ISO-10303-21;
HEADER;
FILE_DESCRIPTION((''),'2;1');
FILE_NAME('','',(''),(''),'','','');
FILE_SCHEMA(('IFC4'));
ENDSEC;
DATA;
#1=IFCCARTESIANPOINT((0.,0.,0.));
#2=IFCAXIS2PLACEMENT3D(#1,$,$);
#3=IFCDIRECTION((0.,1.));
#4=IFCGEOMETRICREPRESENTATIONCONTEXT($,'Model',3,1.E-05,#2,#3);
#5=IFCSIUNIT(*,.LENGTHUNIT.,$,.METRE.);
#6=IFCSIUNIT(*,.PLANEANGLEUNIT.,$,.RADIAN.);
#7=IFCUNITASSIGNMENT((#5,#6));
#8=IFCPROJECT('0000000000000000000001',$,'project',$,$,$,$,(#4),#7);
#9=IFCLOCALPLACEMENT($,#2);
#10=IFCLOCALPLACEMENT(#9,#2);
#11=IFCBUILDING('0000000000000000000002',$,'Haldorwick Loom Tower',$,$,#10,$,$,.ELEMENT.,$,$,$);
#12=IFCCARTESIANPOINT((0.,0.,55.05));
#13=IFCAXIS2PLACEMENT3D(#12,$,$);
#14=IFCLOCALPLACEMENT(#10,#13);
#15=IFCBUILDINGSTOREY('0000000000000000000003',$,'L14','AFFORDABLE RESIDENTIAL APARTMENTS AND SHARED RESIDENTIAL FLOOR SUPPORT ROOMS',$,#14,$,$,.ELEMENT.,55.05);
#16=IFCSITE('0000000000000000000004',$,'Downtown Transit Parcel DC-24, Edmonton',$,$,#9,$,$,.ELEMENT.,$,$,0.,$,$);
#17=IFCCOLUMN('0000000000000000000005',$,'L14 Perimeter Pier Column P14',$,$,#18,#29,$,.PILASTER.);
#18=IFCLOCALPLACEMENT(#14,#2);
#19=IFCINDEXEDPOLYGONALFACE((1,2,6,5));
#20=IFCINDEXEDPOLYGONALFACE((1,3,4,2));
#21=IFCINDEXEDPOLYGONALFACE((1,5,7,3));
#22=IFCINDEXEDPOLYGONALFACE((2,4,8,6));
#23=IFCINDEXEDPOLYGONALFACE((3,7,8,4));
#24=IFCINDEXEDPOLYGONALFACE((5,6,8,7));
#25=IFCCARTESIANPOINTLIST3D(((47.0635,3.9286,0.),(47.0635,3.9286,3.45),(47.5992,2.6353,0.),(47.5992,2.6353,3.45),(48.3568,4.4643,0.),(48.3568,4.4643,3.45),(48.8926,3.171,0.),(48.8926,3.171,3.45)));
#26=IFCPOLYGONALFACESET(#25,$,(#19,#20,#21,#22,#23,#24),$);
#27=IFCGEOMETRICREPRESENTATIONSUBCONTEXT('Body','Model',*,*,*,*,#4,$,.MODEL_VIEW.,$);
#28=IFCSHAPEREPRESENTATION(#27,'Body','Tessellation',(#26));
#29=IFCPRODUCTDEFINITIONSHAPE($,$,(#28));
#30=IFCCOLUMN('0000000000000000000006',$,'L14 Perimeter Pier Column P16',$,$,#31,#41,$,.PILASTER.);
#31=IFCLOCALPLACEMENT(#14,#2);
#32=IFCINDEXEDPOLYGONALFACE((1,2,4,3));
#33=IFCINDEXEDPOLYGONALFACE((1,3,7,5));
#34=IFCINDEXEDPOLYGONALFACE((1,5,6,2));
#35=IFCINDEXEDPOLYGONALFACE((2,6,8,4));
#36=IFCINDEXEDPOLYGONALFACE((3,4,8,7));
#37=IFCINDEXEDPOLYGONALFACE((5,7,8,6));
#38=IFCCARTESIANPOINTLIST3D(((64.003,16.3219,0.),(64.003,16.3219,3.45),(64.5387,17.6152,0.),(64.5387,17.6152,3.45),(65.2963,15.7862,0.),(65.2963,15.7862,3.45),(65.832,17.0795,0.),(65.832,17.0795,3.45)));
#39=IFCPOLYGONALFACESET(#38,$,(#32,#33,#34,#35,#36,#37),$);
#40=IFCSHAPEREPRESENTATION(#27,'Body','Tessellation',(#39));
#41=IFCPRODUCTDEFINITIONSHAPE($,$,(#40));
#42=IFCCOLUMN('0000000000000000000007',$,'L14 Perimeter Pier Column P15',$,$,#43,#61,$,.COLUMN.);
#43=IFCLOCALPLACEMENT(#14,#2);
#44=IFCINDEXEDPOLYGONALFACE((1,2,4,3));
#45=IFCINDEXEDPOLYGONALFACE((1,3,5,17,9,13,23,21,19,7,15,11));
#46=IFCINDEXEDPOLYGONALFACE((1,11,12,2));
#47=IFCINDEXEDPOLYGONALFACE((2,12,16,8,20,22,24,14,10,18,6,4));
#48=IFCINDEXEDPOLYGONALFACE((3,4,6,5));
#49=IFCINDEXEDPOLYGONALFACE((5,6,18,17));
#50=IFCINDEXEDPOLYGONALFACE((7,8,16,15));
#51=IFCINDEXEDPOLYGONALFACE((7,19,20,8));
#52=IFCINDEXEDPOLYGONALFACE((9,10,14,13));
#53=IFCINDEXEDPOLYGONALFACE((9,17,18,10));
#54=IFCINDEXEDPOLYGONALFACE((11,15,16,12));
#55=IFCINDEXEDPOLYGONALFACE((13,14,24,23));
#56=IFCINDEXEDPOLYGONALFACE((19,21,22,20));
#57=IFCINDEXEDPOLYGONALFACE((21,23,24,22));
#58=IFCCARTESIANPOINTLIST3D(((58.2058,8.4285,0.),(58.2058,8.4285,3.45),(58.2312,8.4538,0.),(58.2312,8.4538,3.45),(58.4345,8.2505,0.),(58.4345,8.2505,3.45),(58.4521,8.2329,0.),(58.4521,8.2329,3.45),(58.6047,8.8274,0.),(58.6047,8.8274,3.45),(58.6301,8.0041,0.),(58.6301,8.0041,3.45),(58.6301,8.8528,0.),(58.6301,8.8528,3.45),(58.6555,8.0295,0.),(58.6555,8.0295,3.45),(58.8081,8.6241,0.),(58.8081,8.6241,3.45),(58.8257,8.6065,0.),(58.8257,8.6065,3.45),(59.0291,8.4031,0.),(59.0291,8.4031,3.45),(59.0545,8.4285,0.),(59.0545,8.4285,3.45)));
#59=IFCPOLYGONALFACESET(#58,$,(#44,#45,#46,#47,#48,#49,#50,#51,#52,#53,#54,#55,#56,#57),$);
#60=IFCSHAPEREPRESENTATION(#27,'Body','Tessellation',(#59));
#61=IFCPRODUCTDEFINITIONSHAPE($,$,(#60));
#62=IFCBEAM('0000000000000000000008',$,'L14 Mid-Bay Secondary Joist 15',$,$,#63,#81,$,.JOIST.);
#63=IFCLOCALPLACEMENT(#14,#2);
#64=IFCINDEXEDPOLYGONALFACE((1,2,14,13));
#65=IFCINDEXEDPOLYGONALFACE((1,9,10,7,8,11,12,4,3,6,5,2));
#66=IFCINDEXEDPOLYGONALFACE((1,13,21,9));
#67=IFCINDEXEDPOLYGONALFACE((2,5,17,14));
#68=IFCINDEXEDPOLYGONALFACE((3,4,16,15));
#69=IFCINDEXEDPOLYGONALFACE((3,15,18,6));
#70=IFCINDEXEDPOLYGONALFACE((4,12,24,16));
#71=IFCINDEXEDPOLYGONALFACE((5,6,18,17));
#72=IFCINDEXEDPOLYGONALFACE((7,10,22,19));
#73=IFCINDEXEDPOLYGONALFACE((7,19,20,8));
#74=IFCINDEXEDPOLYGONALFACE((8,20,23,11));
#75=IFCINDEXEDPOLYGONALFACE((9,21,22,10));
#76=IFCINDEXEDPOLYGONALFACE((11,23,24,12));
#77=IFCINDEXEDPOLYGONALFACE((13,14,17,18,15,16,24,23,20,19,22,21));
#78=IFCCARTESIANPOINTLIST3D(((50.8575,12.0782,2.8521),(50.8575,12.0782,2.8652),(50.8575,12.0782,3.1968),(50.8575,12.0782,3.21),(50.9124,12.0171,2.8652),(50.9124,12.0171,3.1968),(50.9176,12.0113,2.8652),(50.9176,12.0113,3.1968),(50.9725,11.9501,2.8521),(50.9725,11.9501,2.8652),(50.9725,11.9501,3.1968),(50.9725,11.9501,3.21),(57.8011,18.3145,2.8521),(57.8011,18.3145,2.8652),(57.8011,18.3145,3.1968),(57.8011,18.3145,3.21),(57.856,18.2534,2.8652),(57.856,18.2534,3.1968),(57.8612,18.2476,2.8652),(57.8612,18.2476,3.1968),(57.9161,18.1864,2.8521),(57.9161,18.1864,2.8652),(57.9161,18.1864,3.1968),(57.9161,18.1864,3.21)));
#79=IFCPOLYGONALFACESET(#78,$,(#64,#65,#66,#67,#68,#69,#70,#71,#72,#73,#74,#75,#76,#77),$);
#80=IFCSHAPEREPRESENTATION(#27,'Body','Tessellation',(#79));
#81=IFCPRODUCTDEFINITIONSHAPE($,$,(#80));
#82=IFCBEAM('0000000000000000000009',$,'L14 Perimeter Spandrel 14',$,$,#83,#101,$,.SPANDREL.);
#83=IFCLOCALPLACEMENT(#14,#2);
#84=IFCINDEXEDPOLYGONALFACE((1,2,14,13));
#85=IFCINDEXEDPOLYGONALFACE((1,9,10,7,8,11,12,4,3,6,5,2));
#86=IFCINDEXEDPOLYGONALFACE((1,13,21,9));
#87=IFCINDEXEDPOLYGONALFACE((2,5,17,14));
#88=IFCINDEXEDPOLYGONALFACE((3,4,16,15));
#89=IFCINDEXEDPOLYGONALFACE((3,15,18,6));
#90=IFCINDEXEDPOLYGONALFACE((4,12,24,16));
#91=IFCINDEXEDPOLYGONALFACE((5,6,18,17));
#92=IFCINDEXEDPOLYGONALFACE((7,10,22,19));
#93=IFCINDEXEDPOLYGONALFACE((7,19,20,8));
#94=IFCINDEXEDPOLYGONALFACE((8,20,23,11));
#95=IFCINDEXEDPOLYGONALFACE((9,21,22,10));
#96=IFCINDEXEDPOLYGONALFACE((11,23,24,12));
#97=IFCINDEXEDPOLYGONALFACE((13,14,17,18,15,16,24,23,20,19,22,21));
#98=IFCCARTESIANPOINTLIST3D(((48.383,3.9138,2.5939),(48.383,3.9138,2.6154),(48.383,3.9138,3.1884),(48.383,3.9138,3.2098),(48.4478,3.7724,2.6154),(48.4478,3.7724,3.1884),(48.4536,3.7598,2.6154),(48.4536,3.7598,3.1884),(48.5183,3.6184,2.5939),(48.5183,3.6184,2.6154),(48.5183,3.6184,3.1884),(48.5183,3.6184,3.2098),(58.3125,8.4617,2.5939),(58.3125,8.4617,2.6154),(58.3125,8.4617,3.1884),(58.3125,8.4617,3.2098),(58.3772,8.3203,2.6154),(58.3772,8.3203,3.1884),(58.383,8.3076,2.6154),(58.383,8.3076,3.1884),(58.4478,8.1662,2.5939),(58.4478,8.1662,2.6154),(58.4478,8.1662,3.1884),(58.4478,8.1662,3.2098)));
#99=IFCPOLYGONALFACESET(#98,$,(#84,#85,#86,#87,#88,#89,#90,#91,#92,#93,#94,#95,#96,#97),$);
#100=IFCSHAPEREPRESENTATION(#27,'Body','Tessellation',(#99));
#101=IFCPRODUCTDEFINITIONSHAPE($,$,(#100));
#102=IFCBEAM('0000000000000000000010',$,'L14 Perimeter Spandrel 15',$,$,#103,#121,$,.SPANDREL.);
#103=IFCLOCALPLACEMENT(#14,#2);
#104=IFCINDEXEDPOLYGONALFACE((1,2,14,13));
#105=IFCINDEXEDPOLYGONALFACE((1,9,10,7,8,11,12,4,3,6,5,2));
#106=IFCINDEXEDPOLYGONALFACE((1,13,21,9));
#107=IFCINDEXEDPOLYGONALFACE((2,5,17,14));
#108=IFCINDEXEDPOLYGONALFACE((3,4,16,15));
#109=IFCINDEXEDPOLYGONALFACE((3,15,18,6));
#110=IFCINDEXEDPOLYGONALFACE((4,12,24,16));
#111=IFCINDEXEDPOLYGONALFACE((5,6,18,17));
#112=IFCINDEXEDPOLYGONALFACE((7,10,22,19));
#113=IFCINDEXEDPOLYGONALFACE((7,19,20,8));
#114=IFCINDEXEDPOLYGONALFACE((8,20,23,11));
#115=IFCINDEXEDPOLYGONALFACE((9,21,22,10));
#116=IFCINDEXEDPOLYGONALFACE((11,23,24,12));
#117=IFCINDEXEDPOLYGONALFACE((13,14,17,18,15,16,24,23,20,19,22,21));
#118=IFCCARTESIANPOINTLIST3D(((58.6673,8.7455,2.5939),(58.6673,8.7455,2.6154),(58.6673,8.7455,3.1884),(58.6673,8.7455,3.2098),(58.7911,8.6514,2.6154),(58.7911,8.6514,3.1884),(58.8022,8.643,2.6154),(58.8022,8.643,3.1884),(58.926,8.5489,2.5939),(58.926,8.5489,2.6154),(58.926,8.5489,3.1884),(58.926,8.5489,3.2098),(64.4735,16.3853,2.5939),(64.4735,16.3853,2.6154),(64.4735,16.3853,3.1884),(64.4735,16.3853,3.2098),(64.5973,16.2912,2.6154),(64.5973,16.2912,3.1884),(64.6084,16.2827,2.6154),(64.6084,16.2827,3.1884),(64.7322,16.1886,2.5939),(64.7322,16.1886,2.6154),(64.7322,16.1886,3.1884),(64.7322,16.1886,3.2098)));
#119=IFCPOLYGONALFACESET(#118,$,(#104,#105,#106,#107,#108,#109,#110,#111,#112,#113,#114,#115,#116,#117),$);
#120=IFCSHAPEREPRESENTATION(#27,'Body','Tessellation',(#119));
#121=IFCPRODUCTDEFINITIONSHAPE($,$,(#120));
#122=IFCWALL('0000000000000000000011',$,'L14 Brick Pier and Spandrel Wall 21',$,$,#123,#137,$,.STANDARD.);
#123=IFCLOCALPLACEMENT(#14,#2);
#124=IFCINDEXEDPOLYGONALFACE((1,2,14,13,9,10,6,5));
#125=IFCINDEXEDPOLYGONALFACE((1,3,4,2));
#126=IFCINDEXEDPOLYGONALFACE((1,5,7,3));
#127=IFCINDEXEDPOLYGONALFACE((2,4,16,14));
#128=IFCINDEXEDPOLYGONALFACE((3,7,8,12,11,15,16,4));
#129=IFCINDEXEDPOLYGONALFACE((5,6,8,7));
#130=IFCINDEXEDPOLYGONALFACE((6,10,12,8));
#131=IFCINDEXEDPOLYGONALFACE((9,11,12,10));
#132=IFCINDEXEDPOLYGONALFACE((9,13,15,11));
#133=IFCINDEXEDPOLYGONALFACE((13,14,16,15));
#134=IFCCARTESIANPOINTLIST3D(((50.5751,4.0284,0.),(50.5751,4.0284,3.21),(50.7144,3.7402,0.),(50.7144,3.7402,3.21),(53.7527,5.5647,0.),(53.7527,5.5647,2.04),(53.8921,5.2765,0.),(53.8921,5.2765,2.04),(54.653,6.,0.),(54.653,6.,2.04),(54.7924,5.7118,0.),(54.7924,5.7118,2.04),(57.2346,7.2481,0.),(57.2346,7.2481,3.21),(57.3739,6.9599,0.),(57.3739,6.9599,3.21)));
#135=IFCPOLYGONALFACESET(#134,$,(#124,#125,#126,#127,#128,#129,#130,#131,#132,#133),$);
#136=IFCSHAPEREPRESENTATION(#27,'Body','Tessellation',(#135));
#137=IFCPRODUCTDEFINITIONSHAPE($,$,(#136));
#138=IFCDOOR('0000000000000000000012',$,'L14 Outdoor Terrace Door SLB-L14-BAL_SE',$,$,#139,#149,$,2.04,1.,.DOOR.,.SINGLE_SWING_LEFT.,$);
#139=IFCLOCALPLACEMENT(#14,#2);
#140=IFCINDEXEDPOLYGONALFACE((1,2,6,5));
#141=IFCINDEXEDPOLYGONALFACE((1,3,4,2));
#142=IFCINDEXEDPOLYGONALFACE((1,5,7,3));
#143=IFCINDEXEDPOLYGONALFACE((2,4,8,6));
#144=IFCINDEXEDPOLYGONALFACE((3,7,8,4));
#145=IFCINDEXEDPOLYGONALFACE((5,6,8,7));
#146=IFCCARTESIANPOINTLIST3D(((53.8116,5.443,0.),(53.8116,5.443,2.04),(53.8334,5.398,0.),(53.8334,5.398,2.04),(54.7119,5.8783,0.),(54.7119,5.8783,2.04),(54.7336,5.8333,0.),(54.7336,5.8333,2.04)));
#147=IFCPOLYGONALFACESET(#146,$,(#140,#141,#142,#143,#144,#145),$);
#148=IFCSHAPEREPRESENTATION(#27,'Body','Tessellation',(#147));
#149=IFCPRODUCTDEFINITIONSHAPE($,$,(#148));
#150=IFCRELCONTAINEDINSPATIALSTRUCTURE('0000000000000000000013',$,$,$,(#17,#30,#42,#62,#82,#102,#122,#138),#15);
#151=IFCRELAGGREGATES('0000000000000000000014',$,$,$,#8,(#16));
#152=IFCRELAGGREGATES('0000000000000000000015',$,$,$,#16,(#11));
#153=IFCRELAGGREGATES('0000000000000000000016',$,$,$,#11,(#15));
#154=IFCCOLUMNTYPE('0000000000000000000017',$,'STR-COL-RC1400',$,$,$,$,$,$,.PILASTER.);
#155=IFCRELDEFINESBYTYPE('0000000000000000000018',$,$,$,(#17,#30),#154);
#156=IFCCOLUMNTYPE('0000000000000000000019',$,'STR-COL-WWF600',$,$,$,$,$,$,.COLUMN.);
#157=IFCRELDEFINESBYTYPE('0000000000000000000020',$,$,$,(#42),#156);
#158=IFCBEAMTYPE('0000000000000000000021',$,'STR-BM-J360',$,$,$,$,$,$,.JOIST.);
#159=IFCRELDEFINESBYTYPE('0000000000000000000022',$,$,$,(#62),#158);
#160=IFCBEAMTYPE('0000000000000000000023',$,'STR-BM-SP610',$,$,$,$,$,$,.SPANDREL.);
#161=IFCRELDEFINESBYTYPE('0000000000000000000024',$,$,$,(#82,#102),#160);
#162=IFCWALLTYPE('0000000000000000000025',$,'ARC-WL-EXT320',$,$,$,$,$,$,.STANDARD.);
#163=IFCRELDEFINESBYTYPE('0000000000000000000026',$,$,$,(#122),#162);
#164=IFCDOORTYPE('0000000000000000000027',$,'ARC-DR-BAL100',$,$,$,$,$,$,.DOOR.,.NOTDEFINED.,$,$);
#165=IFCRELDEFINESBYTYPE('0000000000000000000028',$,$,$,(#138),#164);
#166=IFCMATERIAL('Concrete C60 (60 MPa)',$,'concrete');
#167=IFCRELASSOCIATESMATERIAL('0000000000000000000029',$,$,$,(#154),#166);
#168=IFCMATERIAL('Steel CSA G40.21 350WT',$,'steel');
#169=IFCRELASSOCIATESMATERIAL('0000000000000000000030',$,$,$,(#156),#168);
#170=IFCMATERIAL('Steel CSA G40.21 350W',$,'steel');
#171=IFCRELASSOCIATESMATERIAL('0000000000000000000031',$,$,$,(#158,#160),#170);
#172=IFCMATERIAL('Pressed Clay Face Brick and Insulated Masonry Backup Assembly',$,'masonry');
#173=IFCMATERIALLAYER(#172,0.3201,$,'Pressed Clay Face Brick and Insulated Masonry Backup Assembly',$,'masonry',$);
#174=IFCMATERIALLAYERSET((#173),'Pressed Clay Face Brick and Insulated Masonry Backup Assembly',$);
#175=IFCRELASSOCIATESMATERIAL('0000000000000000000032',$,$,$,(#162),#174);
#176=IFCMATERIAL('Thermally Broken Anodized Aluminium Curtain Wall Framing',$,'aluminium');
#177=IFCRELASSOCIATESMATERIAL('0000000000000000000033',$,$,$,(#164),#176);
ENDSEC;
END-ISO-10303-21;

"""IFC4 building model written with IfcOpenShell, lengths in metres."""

from ifc_helpers import new_model, si_unit, direction, frame, frame_2d, origin, origin_2d, place, context, subcontext, project, spatial, rectangle, i_section, extrude, material, layer, layer_set, material_profile, profile_set, type_object, element, fill, save


model = new_model("IFC4")

# Units and contexts
model_context = context("Model", 3, precision=1e-05, world=origin(), true_north=direction((0.0, 1.0)))
body_context = subcontext(model_context, "Body", "Model", "MODEL_VIEW")
ifc_project = project(units=[si_unit("LENGTHUNIT", "METRE"), si_unit("PLANEANGLEUNIT", "RADIAN")], contexts=[model_context])

# Site, building, storey
site_placement = place(None, origin())
site = spatial("IfcSite", under=ifc_project, at=site_placement, Name="Downtown Transit Parcel DC-24, Edmonton", CompositionType="ELEMENT", RefElevation=0.0)
building_placement = place(site_placement, origin())
building = spatial("IfcBuilding", under=site, at=building_placement, Name="Haldorwick Loom Tower", CompositionType="ELEMENT")
storey_placement = place(building_placement, frame((0.0, 0.0, 55.05)))
storey = spatial("IfcBuildingStorey", under=building, at=storey_placement, Name="L14", Description="AFFORDABLE RESIDENTIAL APARTMENTS AND SHARED RESIDENTIAL FLOOR SUPPORT ROOMS", CompositionType="ELEMENT", Elevation=55.05)

# Columns
ifc_material_1 = material(Name="Concrete C60 (60 MPa)", Category="concrete")
ifc_material_profile_1 = material_profile(ifc_material_1, rectangle(XDim=1.3999, YDim=1.3999, at=origin_2d()), Name="RC1400X1400", Category="concrete")
ifc_profile_set_1 = profile_set([ifc_material_profile_1], Name="Concrete C60 (60 MPa)")
column_type_1 = type_object("IfcColumnType", Name="STR-COL-RC1400", PredefinedType="PILASTER", material=ifc_profile_set_1)
for number, where, z_axis, x_axis, name in (
    (1, (47.978, 3.5498, 0.0), (0.0, 0.0, 1.0), (0.382683, -0.92388, 0.0), "L14 Perimeter Pier Column P14"),
    (2, (64.9175, 16.7007, 0.0), (0.0, 0.0, 1.0), (0.92388, -0.382683, 0.0), "L14 Perimeter Pier Column P16"),
):
    element("IfcColumn", number, at=place(storey_placement, frame(where, z_axis=z_axis, x_axis=x_axis)), inside=storey, type_object=column_type_1, Name=name, PredefinedType="PILASTER", context=body_context, shape_type="SweptSolid", body=[
        extrude(rectangle(XDim=1.3999, YDim=1.3999, at=origin_2d()), origin(), (0.0, 0.0, 1.0), 3.45),
    ])
ifc_material_2 = material(Name="Steel CSA G40.21 350WT", Category="steel")
ifc_material_profile_2 = material_profile(ifc_material_2, i_section(OverallWidth=0.6001, OverallDepth=0.6001, WebThickness=0.0249, FlangeThickness=0.0359, at=origin_2d()), Name="WWF600X600", Category="steel")
ifc_profile_set_2 = profile_set([ifc_material_profile_2], Name="Steel CSA G40.21 350WT")
column_type_2 = type_object("IfcColumnType", Name="STR-COL-WWF600", PredefinedType="COLUMN", material=ifc_profile_set_2)
column_placement = place(storey_placement, frame((58.6301, 8.4285, 0.0), z_axis=(0.0, 0.0, 1.0), x_axis=(0.707107, -0.707107, 0.0)))
element("IfcColumn", 3, at=column_placement, inside=storey, type_object=column_type_2, Name="L14 Perimeter Pier Column P15", PredefinedType="COLUMN", context=body_context, shape_type="SweptSolid", body=[
    extrude(i_section(OverallWidth=0.6001, OverallDepth=0.6001, WebThickness=0.0249, FlangeThickness=0.0359, at=origin_2d()), origin(), (0.0, 0.0, 1.0), 3.45),
])

# Beams
ifc_material_3 = material(Name="Steel CSA G40.21 350W", Category="steel")
ifc_material_profile_3 = material_profile(ifc_material_3, i_section(OverallWidth=0.1721, OverallDepth=0.3579, WebThickness=0.0078, FlangeThickness=0.0132, at=origin_2d()), Name="W360X57", Category="steel")
ifc_profile_set_3 = profile_set([ifc_material_profile_3], Name="Steel CSA G40.21 350W")
beam_type_1 = type_object("IfcBeamType", Name="STR-BM-J360", PredefinedType="JOIST", material=ifc_profile_set_3)
beam_1_placement = place(storey_placement, frame((50.915, 12.0142, 3.031), z_axis=(0.743982, 0.6682, 0.0), x_axis=(-0.6682, 0.743982, 0.0)))
element("IfcBeam", 4, at=beam_1_placement, inside=storey, type_object=beam_type_1, Name="L14 Mid-Bay Secondary Joist 15", PredefinedType="JOIST", context=body_context, shape_type="SweptSolid", body=[
    extrude(i_section(OverallWidth=0.1721, OverallDepth=0.3579, WebThickness=0.0078, FlangeThickness=0.0132, at=origin_2d()), origin(), (0.0, 0.0, 1.0), 9.333),
])
ifc_material_profile_4 = material_profile(ifc_material_3, i_section(OverallWidth=0.325, OverallDepth=0.616, WebThickness=0.0139, FlangeThickness=0.0215, at=origin_2d()), Name="W610X174", Category="steel")
ifc_profile_set_4 = profile_set([ifc_material_profile_4], Name="Steel CSA G40.21 350W")
beam_type_2 = type_object("IfcBeamType", Name="STR-BM-SP610", PredefinedType="SPANDREL", material=ifc_profile_set_4)
beam_2_placement = place(storey_placement, frame((48.4507, 3.7661, 2.9019), z_axis=(0.909174, 0.416417, 0.0), x_axis=(-0.416417, 0.909174, 0.0)))
element("IfcBeam", 5, at=beam_2_placement, inside=storey, type_object=beam_type_2, Name="L14 Perimeter Spandrel 14", PredefinedType="SPANDREL", context=body_context, shape_type="SweptSolid", body=[
    extrude(i_section(OverallWidth=0.325, OverallDepth=0.616, WebThickness=0.0139, FlangeThickness=0.0215, at=origin_2d()), origin(), (0.0, 0.0, 1.0), 10.9214),
])
beam_3_placement = place(storey_placement, frame((58.7966, 8.6472, 2.9019), z_axis=(0.605085, 0.796161, 0.0), x_axis=(-0.796161, 0.605085, 0.0)))
element("IfcBeam", 6, at=beam_3_placement, inside=storey, type_object=beam_type_2, Name="L14 Perimeter Spandrel 15", PredefinedType="SPANDREL", context=body_context, shape_type="SweptSolid", body=[
    extrude(i_section(OverallWidth=0.325, OverallDepth=0.616, WebThickness=0.0139, FlangeThickness=0.0215, at=origin_2d()), origin(), (0.0, 0.0, 1.0), 9.5957),
])

# Wall, opening, door
ifc_material_4 = material(Name="Pressed Clay Face Brick and Insulated Masonry Backup Assembly", Category="masonry")
ifc_layer_1 = layer(ifc_material_4, 0.3201, Name="Pressed Clay Face Brick and Insulated Masonry Backup Assembly", Category="masonry")
ifc_layer_set_1 = layer_set([ifc_layer_1], Name="Pressed Clay Face Brick and Insulated Masonry Backup Assembly")
wall_type_1 = type_object("IfcWallType", Name="ARC-WL-EXT320", PredefinedType="STANDARD", material=ifc_layer_set_1)
wall_1_placement = place(storey_placement, frame((50.6448, 3.8843, 0.0), z_axis=(0.0, 0.0, 1.0), x_axis=(0.900296, 0.435279, 0.0)))
wall_1 = element("IfcWall", 7, at=wall_1_placement, inside=storey, type_object=wall_type_1, Name="L14 Brick Pier and Spandrel Wall 21", PredefinedType="STANDARD", context=body_context, shape_type="SweptSolid", body=[
    extrude(rectangle(XDim=7.397, YDim=0.3201, at=frame_2d((3.6985, 0.0))), origin(), (0.0, 0.0, 1.0), 3.21),
])
opening_1_placement = place(wall_1_placement, frame((3.5295, 0.0, 0.0)))
opening_1 = element("IfcOpeningElement", 8, at=opening_1_placement, cuts=wall_1, PredefinedType="OPENING", context=body_context, shape_type="SweptSolid", body=[
    extrude(rectangle(XDim=1.0, YDim=2.04, at=frame_2d((0.5, 1.02))), frame((0.0, 0.1699, 0.0), z_axis=(0.0, -1.0, 0.0), x_axis=(1.0, 0.0, 0.0)), (0.0, 0.0, 1.0), 0.3401),
])
ifc_material_5 = material(Name="Thermally Broken Anodized Aluminium Curtain Wall Framing", Category="aluminium")
door_type_1 = type_object("IfcDoorType", Name="ARC-DR-BAL100", OperationType="NOTDEFINED", PredefinedType="DOOR", material=ifc_material_5)
door_1_placement = place(opening_1_placement, origin())
door_1 = element("IfcDoor", 9, at=door_1_placement, inside=storey, type_object=door_type_1, Name="L14 Outdoor Terrace Door SLB-L14-BAL_SE", OperationType="SINGLE_SWING_LEFT", OverallHeight=2.04, OverallWidth=1.0, PredefinedType="DOOR", context=body_context, shape_type="SweptSolid", body=[
    extrude(rectangle(XDim=1.0, YDim=2.04, at=frame_2d((0.5, 1.02))), frame((0.0, 0.0249, 0.0), z_axis=(0.0, -1.0, 0.0), x_axis=(1.0, 0.0, 0.0)), (0.0, 0.0, 1.0), 0.05),
])
fill(opening_1, door_1)

save(model, "model.ifc")
